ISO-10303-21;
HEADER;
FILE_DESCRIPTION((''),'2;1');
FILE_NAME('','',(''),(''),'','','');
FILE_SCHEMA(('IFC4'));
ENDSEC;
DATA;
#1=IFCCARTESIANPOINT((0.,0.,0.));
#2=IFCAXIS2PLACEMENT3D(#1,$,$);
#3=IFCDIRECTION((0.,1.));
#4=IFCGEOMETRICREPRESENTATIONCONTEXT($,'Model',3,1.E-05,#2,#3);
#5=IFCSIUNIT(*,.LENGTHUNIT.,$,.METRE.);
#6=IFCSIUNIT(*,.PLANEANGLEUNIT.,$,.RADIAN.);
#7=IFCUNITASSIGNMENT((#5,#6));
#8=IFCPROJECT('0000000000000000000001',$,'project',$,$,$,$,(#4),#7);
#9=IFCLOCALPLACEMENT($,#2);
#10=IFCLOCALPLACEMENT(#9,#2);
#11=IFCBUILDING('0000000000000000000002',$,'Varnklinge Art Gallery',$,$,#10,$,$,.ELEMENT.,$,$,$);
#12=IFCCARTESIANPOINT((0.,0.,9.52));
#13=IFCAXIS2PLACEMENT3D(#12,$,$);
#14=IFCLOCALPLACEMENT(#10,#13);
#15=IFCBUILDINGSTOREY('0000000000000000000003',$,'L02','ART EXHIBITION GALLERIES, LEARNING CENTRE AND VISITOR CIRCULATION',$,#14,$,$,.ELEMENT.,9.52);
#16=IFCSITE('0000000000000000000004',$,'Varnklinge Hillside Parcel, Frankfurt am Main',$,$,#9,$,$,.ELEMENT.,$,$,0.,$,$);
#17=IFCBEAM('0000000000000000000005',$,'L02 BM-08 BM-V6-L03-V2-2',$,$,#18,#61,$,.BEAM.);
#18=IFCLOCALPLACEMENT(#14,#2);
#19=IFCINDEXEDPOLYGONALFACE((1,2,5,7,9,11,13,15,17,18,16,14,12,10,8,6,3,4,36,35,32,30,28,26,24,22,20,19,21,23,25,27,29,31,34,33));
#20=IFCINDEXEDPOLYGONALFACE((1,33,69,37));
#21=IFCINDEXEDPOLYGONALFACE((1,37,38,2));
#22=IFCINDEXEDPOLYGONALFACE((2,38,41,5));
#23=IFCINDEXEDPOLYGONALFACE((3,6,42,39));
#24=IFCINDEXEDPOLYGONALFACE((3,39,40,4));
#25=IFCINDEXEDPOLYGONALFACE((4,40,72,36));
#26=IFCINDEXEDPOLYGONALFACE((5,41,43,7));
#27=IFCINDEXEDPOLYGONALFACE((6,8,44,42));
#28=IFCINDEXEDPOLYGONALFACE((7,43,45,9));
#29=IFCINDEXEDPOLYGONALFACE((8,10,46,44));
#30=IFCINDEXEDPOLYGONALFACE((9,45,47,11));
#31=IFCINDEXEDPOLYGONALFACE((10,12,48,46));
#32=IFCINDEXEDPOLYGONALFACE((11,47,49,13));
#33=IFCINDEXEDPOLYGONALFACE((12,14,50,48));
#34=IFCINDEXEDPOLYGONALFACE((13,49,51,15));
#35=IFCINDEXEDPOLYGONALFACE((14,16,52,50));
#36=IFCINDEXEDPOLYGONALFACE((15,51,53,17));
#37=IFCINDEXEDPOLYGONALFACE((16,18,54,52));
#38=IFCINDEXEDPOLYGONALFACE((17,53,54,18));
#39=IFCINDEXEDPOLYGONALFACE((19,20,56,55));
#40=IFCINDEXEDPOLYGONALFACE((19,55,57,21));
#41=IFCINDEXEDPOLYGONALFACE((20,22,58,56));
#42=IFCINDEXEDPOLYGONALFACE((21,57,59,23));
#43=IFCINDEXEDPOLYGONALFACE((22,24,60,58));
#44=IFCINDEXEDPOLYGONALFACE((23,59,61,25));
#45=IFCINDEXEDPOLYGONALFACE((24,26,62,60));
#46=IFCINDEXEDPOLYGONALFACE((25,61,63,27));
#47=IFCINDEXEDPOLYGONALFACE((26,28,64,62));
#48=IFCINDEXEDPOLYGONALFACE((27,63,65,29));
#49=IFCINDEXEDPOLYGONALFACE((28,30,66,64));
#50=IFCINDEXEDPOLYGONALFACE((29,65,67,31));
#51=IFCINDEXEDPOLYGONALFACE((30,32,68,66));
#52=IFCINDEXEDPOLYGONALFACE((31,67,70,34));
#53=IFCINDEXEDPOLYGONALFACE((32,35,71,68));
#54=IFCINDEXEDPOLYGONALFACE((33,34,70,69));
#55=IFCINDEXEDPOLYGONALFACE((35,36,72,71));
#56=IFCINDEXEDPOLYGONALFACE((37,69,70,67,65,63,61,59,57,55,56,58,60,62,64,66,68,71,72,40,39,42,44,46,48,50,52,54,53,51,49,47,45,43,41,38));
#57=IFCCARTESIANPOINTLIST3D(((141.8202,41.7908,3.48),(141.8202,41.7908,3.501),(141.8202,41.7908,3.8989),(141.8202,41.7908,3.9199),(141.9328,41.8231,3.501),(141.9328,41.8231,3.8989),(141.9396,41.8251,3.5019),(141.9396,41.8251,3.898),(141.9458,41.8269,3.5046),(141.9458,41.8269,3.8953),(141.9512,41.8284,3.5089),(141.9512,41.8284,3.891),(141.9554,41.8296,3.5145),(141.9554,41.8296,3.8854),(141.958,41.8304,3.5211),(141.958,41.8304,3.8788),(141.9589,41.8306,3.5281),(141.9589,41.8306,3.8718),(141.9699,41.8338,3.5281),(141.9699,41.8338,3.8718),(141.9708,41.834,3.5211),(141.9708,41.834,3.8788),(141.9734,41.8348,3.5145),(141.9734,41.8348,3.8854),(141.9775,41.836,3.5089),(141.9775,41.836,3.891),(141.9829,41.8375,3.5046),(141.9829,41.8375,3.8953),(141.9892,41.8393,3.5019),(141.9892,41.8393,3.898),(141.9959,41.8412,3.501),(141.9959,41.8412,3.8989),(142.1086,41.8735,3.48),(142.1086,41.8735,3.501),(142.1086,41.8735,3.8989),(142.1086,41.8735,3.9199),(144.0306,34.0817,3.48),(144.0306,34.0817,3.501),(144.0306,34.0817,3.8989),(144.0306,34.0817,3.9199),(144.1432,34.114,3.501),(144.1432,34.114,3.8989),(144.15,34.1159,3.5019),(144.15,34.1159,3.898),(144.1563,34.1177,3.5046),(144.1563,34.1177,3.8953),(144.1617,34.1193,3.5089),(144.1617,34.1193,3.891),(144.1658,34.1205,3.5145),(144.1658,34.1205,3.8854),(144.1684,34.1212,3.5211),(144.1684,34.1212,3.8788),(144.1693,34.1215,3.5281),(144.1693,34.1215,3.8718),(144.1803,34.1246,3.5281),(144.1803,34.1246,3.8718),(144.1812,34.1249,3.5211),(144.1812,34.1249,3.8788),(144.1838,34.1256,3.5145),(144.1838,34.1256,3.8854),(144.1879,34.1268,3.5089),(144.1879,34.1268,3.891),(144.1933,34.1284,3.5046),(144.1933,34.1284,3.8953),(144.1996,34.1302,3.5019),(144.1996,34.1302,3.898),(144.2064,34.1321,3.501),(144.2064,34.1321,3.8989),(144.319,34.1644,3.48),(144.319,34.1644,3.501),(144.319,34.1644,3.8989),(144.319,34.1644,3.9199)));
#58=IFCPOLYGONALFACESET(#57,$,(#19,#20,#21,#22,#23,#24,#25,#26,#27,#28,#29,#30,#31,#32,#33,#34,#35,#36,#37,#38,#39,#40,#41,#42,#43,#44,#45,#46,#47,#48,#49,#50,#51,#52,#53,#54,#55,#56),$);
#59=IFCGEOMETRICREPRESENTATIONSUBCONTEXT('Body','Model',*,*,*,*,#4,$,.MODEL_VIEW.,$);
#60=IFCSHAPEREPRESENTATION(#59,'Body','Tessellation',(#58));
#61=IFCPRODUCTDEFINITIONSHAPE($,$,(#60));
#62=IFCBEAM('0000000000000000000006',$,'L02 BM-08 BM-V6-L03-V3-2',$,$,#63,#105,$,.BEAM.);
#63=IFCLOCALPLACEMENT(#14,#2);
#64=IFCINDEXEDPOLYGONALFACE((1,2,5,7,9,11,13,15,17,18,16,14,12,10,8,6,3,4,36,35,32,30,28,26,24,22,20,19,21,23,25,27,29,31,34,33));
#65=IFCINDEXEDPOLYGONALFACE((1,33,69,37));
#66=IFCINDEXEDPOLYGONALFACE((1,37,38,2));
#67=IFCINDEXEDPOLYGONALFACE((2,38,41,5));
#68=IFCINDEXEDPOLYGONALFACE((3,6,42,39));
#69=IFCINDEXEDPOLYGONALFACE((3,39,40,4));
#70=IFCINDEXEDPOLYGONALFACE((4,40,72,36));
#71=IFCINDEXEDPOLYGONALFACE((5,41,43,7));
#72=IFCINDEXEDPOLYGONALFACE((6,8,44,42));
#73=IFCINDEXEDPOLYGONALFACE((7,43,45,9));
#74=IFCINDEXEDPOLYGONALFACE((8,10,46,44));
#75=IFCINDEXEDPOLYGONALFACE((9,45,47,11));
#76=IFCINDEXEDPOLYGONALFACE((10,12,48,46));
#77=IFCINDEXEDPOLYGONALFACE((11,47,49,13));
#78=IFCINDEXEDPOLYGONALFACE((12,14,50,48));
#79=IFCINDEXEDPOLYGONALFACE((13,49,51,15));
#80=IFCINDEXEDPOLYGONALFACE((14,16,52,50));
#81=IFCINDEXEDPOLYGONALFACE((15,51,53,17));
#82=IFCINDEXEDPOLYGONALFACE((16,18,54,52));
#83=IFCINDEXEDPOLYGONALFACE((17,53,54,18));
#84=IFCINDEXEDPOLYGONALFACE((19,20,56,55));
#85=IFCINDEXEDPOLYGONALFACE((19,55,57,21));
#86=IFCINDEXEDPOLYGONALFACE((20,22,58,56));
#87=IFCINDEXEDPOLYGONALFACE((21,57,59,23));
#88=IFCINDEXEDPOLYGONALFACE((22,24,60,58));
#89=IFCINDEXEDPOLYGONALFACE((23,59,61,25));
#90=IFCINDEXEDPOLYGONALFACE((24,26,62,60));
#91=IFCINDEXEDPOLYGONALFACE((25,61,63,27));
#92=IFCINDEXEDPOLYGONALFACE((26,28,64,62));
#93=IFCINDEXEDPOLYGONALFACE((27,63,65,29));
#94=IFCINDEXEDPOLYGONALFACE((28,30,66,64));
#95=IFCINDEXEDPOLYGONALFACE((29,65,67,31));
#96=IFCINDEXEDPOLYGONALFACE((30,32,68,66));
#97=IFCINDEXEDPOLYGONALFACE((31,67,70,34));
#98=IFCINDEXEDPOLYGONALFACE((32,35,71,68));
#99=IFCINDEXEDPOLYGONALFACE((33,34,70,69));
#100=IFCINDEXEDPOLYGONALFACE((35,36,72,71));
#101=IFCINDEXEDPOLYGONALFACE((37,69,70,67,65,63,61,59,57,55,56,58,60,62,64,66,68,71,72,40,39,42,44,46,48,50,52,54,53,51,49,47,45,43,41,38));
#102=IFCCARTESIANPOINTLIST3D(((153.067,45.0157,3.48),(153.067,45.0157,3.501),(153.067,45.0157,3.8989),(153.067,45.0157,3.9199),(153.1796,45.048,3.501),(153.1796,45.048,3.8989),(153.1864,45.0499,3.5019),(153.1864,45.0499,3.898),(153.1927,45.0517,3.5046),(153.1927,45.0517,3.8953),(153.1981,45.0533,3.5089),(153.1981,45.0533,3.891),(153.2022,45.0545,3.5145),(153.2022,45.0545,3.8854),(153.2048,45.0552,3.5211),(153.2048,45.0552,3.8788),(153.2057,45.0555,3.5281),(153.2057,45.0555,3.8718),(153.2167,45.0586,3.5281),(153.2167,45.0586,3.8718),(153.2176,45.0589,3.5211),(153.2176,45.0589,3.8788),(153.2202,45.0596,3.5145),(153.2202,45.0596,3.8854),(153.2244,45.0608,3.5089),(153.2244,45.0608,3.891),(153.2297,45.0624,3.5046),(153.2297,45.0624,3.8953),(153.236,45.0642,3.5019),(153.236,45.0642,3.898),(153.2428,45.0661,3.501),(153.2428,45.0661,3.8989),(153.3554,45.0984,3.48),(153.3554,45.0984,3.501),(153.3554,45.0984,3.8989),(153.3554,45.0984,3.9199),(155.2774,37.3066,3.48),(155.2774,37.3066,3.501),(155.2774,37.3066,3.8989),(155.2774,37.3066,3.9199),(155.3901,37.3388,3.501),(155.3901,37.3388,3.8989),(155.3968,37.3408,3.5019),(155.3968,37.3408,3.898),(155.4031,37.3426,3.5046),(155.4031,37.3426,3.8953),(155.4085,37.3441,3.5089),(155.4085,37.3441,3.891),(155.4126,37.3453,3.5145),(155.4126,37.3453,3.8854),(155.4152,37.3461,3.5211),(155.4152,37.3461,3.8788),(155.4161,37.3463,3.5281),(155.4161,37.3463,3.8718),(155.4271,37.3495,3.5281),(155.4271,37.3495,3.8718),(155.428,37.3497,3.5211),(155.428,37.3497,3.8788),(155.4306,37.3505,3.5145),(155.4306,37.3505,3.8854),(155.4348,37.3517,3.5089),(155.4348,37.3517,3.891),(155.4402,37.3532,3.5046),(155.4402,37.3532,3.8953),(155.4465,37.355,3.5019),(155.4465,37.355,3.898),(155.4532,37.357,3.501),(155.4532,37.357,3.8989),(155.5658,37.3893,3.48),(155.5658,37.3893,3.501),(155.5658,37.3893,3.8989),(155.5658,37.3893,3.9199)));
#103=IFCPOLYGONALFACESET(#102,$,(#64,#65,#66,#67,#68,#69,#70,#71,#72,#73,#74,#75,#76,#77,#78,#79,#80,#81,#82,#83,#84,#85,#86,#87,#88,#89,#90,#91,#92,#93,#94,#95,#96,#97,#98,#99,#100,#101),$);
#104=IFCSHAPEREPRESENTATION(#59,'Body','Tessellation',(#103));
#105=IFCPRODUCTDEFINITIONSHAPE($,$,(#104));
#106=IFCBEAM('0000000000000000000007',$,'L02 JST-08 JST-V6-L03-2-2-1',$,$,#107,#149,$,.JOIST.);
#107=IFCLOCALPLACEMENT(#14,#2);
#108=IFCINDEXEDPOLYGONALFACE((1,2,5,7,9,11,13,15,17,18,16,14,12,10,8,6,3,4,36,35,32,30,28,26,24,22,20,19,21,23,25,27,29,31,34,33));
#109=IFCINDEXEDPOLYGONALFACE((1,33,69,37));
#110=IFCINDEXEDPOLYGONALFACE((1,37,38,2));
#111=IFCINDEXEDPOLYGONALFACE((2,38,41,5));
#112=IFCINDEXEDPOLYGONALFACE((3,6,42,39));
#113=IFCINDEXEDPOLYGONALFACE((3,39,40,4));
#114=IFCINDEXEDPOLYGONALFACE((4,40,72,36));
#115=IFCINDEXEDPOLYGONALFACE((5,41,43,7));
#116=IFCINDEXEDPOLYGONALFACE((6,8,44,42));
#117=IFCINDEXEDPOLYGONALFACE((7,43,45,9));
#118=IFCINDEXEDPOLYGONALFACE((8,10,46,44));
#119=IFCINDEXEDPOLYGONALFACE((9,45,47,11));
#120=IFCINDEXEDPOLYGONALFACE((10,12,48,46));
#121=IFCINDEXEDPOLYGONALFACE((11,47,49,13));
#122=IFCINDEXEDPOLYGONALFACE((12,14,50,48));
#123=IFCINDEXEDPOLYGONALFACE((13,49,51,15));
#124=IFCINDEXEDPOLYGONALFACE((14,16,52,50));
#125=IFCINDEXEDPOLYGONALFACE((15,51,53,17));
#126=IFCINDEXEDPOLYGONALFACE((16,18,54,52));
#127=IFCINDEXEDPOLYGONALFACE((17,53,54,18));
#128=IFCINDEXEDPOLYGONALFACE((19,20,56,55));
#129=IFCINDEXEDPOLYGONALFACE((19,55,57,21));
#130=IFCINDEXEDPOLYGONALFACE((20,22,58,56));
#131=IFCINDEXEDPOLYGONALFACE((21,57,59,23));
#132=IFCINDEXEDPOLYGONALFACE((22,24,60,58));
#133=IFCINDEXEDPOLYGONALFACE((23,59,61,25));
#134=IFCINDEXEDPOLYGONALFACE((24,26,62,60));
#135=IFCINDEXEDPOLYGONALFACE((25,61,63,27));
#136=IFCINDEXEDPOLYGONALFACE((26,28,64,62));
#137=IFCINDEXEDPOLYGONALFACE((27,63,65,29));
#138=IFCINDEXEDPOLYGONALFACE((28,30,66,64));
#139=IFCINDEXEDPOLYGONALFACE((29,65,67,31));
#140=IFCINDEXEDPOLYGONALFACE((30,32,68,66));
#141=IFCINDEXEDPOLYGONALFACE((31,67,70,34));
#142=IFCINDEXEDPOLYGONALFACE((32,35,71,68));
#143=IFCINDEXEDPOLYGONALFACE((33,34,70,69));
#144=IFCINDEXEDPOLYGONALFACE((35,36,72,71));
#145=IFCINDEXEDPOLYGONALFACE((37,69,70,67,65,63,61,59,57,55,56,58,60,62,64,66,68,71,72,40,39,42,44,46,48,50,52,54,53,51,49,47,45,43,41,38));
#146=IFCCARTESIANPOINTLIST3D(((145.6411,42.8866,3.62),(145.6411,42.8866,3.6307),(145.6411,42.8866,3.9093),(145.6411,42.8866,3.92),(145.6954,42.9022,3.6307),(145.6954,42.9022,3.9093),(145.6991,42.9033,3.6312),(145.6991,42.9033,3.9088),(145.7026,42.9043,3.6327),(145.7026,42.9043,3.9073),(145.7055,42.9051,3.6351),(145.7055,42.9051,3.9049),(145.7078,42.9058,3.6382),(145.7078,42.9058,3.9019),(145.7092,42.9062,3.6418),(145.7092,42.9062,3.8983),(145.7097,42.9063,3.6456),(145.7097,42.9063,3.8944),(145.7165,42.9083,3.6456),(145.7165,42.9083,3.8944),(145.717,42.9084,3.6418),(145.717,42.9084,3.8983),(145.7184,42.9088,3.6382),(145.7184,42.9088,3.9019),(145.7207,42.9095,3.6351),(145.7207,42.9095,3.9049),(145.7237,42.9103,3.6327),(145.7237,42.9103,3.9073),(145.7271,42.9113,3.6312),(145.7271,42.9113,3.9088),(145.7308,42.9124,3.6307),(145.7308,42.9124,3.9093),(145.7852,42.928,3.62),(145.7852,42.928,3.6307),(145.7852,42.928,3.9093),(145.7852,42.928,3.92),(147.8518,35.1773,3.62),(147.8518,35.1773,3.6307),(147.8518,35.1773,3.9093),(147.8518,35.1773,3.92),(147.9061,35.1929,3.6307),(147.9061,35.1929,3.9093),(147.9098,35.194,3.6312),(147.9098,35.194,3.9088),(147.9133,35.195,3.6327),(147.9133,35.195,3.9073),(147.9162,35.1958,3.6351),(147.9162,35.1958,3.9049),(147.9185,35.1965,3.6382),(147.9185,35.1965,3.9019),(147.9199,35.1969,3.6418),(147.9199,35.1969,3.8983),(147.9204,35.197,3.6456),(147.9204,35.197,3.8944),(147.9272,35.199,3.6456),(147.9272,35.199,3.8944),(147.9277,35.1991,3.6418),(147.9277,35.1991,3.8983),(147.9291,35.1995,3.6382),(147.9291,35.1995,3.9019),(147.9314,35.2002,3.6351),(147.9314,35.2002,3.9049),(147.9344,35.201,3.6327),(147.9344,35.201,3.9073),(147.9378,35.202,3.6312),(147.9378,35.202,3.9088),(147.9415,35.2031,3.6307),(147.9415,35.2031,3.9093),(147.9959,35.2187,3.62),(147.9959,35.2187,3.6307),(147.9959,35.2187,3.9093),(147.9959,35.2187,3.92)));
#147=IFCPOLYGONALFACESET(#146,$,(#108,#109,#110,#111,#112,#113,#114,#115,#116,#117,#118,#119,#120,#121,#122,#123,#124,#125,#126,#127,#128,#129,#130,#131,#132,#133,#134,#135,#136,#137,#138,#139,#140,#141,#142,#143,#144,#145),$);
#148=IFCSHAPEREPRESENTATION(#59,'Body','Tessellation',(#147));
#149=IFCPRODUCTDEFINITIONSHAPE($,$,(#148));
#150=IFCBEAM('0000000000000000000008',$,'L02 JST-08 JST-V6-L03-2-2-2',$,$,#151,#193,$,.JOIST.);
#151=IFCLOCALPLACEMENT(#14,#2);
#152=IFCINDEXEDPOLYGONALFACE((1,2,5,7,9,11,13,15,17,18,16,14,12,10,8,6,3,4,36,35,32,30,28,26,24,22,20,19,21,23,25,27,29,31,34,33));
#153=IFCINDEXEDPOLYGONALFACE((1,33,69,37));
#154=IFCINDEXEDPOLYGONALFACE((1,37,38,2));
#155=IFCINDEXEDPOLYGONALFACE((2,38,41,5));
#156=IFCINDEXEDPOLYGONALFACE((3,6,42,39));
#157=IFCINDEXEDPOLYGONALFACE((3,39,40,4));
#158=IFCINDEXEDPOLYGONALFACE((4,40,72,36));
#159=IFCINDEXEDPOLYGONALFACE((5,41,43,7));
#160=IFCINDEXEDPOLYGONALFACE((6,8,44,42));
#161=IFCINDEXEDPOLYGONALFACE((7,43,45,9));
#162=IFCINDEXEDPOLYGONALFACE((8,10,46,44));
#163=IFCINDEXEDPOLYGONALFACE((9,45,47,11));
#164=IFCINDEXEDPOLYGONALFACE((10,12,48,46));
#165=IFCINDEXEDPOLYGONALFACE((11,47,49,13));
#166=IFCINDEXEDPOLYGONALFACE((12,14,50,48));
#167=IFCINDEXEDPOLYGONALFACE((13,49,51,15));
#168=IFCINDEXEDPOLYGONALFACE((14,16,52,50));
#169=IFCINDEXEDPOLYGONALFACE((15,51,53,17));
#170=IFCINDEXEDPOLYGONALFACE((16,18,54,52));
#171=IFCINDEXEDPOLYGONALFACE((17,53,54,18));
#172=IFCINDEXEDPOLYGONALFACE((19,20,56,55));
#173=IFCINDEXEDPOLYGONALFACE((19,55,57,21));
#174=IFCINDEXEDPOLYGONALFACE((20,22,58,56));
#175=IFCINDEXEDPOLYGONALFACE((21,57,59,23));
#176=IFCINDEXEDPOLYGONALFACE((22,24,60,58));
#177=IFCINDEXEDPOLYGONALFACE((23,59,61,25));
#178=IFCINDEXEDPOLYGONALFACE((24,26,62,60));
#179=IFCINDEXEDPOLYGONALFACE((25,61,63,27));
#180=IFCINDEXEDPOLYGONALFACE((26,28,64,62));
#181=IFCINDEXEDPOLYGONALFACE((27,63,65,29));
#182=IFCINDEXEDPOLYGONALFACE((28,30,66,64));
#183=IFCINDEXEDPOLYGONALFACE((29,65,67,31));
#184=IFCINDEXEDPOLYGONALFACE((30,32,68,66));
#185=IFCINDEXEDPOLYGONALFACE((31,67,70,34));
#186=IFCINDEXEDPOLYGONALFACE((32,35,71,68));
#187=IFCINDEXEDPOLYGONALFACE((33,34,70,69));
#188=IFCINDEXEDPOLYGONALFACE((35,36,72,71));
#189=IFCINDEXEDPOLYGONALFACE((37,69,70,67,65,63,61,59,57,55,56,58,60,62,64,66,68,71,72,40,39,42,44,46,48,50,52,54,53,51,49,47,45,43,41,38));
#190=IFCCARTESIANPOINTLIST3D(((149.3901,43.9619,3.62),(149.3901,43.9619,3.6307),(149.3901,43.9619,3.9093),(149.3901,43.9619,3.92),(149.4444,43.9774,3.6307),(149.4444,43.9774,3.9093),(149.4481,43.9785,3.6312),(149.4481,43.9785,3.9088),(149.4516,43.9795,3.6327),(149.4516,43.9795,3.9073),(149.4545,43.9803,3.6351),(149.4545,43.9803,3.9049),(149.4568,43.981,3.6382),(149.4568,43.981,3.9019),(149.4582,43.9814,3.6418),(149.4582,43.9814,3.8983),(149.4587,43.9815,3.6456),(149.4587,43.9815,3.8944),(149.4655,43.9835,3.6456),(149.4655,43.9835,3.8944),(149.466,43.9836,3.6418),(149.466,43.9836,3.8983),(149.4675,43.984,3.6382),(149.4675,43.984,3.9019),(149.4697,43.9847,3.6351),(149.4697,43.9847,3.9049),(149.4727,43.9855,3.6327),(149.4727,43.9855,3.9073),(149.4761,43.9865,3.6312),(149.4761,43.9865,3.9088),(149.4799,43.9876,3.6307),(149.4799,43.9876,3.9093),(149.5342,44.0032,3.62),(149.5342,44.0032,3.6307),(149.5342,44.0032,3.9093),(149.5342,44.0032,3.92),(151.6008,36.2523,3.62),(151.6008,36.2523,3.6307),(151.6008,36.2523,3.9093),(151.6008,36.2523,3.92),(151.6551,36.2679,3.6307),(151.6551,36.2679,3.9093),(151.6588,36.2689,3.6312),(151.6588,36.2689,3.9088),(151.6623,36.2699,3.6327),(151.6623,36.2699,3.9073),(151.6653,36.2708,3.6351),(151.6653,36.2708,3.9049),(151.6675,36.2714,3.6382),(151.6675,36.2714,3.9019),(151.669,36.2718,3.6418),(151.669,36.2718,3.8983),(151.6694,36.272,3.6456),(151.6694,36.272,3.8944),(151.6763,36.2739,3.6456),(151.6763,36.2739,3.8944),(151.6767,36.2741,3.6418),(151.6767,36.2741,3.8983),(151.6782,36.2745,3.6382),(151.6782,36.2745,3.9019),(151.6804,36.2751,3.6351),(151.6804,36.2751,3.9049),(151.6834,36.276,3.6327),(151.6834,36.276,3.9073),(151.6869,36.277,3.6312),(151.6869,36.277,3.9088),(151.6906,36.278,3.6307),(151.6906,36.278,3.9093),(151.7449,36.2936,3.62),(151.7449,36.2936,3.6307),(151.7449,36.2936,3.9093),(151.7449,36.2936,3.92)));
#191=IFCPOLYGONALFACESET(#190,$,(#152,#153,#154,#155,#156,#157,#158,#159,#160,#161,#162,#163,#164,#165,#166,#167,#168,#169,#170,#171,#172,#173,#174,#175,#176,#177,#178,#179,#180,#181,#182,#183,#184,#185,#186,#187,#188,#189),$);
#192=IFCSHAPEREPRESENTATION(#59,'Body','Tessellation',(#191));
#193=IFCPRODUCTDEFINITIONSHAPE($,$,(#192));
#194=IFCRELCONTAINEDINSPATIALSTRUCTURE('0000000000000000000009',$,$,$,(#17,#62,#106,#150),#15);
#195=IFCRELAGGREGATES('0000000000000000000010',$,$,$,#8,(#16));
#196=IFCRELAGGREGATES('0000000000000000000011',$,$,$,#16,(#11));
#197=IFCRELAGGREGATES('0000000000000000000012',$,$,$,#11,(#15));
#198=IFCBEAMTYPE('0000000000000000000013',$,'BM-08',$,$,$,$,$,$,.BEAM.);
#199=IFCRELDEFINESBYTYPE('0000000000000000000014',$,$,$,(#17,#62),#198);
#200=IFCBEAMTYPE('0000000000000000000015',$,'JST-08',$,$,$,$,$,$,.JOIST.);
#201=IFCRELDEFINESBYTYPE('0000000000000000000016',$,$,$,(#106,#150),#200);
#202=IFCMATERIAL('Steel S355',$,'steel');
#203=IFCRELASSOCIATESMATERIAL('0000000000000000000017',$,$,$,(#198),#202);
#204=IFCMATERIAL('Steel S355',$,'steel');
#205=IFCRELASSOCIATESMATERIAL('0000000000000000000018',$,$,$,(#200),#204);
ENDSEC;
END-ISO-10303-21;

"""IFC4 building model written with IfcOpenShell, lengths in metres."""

from ifc_helpers import new_model, si_unit, direction, frame, origin, origin_2d, place, context, subcontext, project, spatial, i_section, extrude, material, material_profile, profile_set, type_object, element, save


model = new_model("IFC4")

# Units and contexts
model_context = context("Model", 3, precision=1e-05, world=origin(), true_north=direction((0.0, 1.0)))
body_context = subcontext(model_context, "Body", "Model", "MODEL_VIEW")
ifc_project = project(units=[si_unit("LENGTHUNIT", "METRE"), si_unit("PLANEANGLEUNIT", "RADIAN")], contexts=[model_context])

# Site, building, storey
site_placement = place(None, origin())
site = spatial("IfcSite", under=ifc_project, at=site_placement, Name="Varnklinge Hillside Parcel, Frankfurt am Main", CompositionType="ELEMENT", RefElevation=0.0)
building_placement = place(site_placement, origin())
building = spatial("IfcBuilding", under=site, at=building_placement, Name="Varnklinge Art Gallery", CompositionType="ELEMENT")
storey_placement = place(building_placement, frame((0.0, 0.0, 9.52)))
storey = spatial("IfcBuildingStorey", under=building, at=storey_placement, Name="L02", Description="ART EXHIBITION GALLERIES, LEARNING CENTRE AND VISITOR CIRCULATION", CompositionType="ELEMENT", Elevation=9.52)

# Beams
ifc_material_1 = material(Name="Steel S355", Category="steel")
ifc_material_profile_1 = material_profile(ifc_material_1, i_section(OverallWidth=0.3, OverallDepth=0.4399, WebThickness=0.0115, FlangeThickness=0.021, FilletRadius=0.0271, at=origin_2d()), Name="HEA 450")
ifc_profile_set_1 = profile_set([ifc_material_profile_1], Name="Steel S355")
beam_type_1 = type_object("IfcBeamType", Name="BM-08", PredefinedType="BEAM", material=ifc_profile_set_1)
for number, where, z_axis, x_axis, name in (
    (1, (144.1748, 34.123, 3.7), (-0.275622, 0.961266, 0.0), (-0.961266, -0.275622, 0.0), "L02 BM-08 BM-V6-L03-V2-2"),
    (2, (155.4216, 37.3479, 3.7), (-0.275622, 0.961266, 0.0), (-0.961266, -0.275622, 0.0), "L02 BM-08 BM-V6-L03-V3-2"),
):
    element("IfcBeam", number, at=place(storey_placement, frame(where, z_axis=z_axis, x_axis=x_axis)), inside=storey, type_object=beam_type_1, Name=name, PredefinedType="BEAM", context=body_context, shape_type="SweptSolid", body=[
        extrude(i_section(OverallWidth=0.3, OverallDepth=0.4399, WebThickness=0.0115, FlangeThickness=0.021, FilletRadius=0.0271, at=origin_2d()), origin(), (0.0, 0.0, 1.0), 8.0198),
    ])
ifc_material_2 = material(Name="Steel S355", Category="steel")
ifc_material_profile_2 = material_profile(ifc_material_2, i_section(OverallWidth=0.1499, OverallDepth=0.3, WebThickness=0.0071, FlangeThickness=0.0107, FilletRadius=0.0149, at=origin_2d()), Name="IPE 300")
ifc_profile_set_2 = profile_set([ifc_material_profile_2], Name="Steel S355")
beam_type_2 = type_object("IfcBeamType", Name="JST-08", PredefinedType="JOIST", material=ifc_profile_set_2)
beam_1_placement = place(storey_placement, frame((147.9238, 35.198, 3.77), z_axis=(-0.27565, 0.961258, 0.0), x_axis=(-0.961258, -0.27565, 0.0)))
element("IfcBeam", 3, at=beam_1_placement, inside=storey, type_object=beam_type_2, Name="L02 JST-08 JST-V6-L03-2-2-1", PredefinedType="JOIST", context=body_context, shape_type="SweptSolid", body=[
    extrude(i_section(OverallWidth=0.1499, OverallDepth=0.3, WebThickness=0.0071, FlangeThickness=0.0107, FilletRadius=0.0149, at=origin_2d()), origin(), (0.0, 0.0, 1.0), 8.02),
])
beam_2_placement = place(storey_placement, frame((151.6729, 36.2729, 3.77), z_axis=(-0.275642, 0.96126, 0.0), x_axis=(-0.96126, -0.275642, 0.0)))
element("IfcBeam", 4, at=beam_2_placement, inside=storey, type_object=beam_type_2, Name="L02 JST-08 JST-V6-L03-2-2-2", PredefinedType="JOIST", context=body_context, shape_type="SweptSolid", body=[
    extrude(i_section(OverallWidth=0.1499, OverallDepth=0.3, WebThickness=0.0071, FlangeThickness=0.0107, FilletRadius=0.0149, at=origin_2d()), origin(), (0.0, 0.0, 1.0), 8.0203),
])

save(model, "model.ifc")
